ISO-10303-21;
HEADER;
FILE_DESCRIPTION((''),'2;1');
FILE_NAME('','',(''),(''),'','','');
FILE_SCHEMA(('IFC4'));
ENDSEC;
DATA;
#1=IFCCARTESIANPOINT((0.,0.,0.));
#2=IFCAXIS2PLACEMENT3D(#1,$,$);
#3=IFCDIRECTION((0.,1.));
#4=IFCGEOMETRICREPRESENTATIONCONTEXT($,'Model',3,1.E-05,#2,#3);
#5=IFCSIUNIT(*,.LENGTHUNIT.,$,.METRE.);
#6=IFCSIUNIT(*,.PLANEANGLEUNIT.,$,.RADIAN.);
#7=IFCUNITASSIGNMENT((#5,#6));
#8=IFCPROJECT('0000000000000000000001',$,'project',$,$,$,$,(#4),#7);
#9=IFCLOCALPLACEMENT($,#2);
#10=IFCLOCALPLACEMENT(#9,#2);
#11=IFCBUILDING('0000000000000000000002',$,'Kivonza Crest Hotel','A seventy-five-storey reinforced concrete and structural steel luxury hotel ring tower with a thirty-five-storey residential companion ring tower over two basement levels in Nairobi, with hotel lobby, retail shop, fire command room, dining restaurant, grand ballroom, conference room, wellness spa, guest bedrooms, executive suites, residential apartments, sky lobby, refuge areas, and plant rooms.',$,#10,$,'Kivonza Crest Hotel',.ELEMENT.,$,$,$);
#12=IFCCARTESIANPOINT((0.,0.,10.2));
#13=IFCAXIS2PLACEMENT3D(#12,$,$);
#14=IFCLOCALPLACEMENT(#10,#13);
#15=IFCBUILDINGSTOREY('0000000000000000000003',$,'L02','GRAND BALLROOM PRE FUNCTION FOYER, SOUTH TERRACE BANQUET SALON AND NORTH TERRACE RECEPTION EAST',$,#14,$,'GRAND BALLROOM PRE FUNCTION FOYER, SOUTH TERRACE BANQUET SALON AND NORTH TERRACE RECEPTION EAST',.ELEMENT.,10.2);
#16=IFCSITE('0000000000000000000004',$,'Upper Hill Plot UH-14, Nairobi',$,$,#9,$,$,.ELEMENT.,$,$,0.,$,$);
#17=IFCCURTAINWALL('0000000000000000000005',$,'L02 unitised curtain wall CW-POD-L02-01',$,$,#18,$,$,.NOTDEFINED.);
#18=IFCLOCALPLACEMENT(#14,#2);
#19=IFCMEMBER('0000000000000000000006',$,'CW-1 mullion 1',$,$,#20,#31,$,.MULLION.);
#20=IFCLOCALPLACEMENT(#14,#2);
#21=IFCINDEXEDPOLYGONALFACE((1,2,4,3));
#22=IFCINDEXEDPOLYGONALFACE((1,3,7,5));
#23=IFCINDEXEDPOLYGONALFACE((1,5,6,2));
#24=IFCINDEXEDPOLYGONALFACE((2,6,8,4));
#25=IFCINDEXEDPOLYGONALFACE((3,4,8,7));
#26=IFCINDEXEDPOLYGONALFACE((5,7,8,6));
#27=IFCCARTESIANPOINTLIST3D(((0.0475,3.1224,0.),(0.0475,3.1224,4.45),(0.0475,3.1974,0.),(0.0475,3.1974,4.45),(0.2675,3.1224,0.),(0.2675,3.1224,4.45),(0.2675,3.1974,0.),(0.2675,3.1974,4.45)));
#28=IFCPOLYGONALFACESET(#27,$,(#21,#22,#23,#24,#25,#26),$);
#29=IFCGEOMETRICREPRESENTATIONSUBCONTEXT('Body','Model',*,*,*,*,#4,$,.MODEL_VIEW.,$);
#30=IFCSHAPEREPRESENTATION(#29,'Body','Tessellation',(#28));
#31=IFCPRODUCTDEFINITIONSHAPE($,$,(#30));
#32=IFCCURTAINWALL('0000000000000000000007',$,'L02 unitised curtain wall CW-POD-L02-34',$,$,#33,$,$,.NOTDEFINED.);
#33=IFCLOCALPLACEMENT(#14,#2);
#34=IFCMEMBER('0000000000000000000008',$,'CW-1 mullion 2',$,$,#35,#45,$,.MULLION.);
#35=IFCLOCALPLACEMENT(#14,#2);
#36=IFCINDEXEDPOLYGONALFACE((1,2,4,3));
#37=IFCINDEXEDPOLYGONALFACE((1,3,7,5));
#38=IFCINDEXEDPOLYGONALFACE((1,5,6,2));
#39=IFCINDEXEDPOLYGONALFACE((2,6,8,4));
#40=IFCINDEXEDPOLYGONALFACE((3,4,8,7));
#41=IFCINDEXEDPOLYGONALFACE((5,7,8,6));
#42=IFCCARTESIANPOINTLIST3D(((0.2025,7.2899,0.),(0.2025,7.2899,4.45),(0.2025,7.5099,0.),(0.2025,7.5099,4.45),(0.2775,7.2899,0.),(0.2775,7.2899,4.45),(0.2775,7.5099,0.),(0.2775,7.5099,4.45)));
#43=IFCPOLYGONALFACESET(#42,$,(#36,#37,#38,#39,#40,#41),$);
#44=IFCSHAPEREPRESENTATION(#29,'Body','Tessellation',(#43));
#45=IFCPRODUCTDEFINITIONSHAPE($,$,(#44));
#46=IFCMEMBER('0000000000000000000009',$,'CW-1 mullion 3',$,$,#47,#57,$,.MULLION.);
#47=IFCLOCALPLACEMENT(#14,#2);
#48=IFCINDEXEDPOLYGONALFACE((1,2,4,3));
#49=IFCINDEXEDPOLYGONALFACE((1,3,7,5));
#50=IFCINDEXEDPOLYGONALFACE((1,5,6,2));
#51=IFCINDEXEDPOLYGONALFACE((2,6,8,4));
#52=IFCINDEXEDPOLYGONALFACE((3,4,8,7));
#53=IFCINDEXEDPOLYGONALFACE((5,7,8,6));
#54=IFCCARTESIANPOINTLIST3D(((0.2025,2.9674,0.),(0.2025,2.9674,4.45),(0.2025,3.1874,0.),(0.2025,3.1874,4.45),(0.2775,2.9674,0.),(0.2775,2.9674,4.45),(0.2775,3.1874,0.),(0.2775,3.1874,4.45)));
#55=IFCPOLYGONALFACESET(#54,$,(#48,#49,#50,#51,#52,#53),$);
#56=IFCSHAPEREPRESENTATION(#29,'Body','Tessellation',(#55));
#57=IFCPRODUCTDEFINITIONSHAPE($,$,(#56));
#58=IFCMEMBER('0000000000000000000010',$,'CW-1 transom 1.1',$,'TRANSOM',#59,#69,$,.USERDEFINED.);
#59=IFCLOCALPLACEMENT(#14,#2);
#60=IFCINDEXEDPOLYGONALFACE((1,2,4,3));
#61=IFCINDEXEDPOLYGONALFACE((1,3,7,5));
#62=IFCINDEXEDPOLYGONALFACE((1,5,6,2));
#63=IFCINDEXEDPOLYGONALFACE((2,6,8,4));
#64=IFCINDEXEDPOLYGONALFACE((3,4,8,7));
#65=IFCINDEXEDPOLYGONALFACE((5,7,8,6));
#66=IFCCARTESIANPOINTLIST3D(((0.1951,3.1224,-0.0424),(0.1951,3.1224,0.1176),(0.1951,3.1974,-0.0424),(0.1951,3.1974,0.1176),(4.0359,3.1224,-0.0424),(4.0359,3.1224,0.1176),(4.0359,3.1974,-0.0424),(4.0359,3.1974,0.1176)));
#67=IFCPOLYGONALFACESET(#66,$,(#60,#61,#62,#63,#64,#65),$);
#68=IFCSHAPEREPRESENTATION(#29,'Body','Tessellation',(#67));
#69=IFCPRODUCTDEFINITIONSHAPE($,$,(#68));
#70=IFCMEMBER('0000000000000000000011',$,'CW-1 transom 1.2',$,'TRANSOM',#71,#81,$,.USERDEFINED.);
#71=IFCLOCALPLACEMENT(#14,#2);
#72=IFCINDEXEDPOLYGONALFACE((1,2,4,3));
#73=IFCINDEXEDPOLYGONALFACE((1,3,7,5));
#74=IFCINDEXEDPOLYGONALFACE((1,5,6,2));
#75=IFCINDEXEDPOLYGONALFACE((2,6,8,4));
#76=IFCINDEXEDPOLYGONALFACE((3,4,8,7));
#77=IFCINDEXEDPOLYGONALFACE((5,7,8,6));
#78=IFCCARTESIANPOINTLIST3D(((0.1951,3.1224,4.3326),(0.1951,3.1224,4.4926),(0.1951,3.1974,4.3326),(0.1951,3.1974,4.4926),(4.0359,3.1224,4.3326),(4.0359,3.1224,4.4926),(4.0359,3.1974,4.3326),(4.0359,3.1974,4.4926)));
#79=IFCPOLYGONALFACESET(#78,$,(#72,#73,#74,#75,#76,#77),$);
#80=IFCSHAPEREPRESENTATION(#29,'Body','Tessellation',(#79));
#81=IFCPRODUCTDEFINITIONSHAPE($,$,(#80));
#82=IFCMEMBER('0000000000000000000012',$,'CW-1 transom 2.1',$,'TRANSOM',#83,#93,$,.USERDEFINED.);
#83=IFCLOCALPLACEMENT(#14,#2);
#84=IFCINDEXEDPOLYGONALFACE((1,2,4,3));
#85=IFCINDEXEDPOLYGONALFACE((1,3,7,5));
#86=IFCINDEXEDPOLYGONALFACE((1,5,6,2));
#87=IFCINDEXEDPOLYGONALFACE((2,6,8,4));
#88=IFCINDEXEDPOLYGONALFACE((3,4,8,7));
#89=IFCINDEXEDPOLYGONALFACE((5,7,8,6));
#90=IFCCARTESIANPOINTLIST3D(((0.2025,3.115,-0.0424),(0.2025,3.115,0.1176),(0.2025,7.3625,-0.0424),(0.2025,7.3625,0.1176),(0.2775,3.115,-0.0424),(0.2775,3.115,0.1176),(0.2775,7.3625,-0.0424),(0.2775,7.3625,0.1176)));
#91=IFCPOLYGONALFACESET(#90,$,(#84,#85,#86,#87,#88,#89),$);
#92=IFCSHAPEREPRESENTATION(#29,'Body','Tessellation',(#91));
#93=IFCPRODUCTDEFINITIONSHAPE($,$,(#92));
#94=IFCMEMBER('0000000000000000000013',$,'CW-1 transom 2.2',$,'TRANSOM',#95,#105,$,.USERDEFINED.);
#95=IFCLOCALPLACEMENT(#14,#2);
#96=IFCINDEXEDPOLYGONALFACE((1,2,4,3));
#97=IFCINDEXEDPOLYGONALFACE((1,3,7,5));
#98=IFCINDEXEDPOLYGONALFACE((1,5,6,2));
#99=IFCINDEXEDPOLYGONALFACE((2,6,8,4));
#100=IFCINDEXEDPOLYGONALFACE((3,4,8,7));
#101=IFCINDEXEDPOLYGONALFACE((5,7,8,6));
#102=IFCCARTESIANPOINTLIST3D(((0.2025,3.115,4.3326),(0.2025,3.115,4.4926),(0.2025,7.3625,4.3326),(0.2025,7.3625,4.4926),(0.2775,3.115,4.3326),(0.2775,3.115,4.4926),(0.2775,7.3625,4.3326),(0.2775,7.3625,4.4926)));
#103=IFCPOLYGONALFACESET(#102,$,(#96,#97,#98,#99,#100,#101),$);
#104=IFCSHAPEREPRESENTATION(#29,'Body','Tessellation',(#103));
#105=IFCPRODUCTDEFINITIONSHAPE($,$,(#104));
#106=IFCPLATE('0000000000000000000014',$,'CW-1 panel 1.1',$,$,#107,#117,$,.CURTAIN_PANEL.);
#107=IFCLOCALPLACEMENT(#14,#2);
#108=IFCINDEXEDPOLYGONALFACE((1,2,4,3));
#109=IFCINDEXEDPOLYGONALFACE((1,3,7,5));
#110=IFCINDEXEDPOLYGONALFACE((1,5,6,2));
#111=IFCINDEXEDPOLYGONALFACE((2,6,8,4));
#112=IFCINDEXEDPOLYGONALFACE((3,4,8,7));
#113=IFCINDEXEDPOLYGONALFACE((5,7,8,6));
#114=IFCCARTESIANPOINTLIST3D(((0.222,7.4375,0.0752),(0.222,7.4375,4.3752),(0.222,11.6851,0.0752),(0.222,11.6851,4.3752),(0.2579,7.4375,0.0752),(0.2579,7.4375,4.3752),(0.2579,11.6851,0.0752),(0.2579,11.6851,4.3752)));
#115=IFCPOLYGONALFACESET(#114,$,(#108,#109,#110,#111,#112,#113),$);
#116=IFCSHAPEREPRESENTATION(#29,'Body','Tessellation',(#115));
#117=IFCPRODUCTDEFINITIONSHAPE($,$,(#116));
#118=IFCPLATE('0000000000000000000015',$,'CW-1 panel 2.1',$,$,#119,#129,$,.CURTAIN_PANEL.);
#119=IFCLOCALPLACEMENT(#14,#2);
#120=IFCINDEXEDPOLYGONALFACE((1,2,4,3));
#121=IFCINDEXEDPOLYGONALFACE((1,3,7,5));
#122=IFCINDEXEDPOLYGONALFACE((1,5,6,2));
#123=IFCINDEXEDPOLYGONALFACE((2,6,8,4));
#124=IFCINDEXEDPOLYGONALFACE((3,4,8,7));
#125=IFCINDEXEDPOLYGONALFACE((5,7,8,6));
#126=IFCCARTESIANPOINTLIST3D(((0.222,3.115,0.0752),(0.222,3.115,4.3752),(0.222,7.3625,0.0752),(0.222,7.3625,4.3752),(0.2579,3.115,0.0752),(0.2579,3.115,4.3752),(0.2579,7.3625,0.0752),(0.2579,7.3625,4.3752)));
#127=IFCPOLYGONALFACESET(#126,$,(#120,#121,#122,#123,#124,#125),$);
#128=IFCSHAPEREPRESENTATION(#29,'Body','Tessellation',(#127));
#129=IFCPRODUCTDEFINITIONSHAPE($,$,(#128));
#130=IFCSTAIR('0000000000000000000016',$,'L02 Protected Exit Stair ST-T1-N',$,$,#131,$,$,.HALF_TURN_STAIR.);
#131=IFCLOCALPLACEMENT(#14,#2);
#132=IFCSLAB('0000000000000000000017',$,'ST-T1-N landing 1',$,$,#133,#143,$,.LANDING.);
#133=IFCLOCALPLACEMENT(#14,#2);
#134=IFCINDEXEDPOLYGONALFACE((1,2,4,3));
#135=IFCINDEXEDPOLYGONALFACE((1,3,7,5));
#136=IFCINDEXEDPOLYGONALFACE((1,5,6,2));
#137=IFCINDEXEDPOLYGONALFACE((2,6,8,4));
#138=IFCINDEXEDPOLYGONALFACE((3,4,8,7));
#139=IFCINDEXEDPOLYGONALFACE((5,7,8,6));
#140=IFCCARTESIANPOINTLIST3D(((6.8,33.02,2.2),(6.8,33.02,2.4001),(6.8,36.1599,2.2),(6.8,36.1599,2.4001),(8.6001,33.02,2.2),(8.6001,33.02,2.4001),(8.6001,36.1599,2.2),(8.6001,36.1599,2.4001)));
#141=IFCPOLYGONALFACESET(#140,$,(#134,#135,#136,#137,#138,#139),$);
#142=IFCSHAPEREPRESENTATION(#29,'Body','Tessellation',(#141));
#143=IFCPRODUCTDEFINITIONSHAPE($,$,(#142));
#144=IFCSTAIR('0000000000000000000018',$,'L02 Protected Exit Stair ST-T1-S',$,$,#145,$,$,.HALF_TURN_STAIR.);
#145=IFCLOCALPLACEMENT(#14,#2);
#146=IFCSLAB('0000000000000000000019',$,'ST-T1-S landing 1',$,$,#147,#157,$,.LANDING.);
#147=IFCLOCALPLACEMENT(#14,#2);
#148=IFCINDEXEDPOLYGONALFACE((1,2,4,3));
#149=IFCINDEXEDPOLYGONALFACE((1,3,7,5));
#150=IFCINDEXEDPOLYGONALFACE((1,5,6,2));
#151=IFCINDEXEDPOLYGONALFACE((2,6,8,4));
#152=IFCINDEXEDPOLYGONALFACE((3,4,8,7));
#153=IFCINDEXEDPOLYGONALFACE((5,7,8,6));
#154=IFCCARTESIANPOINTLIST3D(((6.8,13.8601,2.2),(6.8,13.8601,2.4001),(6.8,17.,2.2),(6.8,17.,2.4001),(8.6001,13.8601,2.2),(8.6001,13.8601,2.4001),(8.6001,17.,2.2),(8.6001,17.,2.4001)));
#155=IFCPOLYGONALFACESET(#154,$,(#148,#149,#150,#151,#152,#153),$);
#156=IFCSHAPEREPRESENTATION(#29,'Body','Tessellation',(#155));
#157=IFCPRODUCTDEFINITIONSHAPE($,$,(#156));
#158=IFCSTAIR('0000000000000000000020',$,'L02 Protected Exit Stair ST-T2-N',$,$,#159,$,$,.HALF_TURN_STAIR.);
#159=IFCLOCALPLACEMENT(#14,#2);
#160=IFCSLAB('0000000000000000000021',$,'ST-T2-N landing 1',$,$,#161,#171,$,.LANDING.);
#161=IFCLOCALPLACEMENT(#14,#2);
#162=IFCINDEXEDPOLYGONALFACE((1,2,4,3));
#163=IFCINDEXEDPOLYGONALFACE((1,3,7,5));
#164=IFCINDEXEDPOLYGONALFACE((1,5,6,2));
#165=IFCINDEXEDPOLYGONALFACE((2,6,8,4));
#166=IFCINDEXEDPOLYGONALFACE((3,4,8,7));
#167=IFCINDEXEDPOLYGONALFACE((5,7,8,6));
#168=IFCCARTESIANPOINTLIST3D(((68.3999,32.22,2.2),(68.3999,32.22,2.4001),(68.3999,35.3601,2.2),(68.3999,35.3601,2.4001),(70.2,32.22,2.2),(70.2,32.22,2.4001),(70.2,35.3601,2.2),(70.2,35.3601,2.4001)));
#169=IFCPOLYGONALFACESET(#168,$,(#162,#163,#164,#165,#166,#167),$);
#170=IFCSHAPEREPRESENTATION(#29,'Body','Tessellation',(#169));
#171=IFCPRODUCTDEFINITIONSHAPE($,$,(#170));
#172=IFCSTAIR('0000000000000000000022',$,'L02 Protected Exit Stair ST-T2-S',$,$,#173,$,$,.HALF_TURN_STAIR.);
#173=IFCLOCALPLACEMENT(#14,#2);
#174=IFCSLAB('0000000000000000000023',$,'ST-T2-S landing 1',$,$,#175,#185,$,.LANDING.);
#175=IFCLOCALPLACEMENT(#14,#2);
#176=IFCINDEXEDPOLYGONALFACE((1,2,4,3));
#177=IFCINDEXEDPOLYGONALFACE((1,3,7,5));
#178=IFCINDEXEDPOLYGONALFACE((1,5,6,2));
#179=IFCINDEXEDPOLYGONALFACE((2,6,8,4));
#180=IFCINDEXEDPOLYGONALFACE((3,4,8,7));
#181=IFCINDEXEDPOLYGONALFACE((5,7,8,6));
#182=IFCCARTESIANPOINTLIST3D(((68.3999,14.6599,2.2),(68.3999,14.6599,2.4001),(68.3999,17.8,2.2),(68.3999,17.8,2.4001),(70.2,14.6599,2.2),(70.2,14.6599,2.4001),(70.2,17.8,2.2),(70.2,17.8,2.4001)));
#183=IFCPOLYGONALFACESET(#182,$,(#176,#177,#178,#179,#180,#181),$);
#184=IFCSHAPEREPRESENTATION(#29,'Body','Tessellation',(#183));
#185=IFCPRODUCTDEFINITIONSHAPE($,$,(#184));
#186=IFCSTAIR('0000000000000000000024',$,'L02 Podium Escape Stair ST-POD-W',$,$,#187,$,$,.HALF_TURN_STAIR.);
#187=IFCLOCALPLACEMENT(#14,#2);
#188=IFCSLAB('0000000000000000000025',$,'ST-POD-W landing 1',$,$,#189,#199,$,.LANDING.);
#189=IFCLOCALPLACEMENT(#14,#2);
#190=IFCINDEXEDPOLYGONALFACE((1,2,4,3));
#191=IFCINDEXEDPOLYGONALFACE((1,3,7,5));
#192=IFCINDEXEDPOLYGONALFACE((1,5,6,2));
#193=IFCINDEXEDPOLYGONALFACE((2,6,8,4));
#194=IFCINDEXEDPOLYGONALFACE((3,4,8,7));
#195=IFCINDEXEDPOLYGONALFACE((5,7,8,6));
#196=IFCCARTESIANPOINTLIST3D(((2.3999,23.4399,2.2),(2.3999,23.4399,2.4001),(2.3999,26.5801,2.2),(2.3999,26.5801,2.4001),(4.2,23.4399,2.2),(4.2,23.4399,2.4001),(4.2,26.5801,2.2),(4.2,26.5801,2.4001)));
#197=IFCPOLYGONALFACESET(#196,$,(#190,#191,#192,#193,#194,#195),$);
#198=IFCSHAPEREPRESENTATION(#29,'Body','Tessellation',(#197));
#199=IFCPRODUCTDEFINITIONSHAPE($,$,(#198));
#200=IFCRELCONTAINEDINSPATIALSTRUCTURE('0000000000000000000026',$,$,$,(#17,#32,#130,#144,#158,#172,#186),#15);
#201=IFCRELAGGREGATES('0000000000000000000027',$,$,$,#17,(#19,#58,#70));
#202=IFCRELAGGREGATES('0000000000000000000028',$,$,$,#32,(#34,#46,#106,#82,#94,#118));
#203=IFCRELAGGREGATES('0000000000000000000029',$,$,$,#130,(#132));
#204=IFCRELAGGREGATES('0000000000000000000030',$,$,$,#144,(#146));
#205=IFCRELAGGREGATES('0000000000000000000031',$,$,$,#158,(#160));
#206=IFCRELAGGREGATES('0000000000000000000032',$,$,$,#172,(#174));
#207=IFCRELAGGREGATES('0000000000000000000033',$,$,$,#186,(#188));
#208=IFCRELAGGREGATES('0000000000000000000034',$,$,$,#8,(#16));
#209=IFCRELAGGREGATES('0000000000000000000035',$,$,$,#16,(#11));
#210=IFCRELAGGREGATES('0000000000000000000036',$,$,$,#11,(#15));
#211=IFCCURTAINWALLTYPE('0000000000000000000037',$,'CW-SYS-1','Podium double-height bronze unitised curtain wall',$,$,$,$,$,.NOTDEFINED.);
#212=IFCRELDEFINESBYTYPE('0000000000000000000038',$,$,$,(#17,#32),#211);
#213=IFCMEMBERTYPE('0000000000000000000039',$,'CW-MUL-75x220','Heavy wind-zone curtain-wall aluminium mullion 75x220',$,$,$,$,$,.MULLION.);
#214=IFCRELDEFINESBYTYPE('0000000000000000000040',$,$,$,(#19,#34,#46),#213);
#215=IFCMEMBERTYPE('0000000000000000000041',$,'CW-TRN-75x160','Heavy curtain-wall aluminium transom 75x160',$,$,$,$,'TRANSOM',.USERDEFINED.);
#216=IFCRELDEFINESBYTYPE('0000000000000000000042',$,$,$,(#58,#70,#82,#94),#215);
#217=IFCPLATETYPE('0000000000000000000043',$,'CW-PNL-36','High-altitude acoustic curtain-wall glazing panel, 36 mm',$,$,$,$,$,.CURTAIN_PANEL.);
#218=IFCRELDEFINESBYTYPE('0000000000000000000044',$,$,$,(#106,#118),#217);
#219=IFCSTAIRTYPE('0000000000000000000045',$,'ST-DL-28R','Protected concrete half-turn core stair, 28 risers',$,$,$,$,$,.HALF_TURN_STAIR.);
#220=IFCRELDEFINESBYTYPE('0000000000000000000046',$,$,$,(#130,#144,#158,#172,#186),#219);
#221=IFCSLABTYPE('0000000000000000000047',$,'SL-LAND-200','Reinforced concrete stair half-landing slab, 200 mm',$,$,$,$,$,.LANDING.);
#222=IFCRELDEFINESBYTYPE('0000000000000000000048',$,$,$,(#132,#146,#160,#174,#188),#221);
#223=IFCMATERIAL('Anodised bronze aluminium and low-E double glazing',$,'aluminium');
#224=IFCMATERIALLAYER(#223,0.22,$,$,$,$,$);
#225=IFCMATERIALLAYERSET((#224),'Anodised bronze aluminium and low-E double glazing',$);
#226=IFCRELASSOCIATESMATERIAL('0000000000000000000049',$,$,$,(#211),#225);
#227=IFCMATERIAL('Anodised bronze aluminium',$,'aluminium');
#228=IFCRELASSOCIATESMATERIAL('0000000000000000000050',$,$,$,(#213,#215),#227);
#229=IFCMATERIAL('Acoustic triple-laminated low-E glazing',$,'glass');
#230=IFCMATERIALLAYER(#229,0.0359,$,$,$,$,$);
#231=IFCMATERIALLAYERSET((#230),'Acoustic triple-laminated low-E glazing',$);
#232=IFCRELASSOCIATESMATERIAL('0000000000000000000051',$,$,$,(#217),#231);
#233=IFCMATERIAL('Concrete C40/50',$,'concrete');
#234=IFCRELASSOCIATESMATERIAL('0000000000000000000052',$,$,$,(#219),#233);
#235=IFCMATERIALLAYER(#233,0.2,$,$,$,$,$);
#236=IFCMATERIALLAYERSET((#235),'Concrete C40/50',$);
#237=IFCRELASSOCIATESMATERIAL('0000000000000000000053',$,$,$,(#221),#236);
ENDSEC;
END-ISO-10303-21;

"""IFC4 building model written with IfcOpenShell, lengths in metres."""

from ifc_helpers import new_model, si_unit, direction, frame, origin, origin_2d, place, context, subcontext, project, spatial, polyline, rectangle, outline, extrude, material, layer, layer_set, material_profile, profile_set, type_object, element, aggregate, save


model = new_model("IFC4")

# Units and contexts
model_context = context("Model", 3, precision=1e-05, world=origin(), true_north=direction((0.0, 1.0)))
body_context = subcontext(model_context, "Body", "Model", "MODEL_VIEW")
ifc_project = project(units=[si_unit("LENGTHUNIT", "METRE"), si_unit("PLANEANGLEUNIT", "RADIAN")], contexts=[model_context])

# Site, building, storey
site_placement = place(None, origin())
site = spatial("IfcSite", under=ifc_project, at=site_placement, Name="Upper Hill Plot UH-14, Nairobi", CompositionType="ELEMENT", RefElevation=0.0)
building_placement = place(site_placement, origin())
building = spatial("IfcBuilding", under=site, at=building_placement, Name="Kivonza Crest Hotel", Description="A seventy-five-storey reinforced concrete and structural steel luxury hotel ring tower with a thirty-five-storey residential companion ring tower over two basement levels in Nairobi, with hotel lobby, retail shop, fire command room, dining restaurant, grand ballroom, conference room, wellness spa, guest bedrooms, executive suites, residential apartments, sky lobby, refuge areas, and plant rooms.", LongName="Kivonza Crest Hotel", CompositionType="ELEMENT")
storey_placement = place(building_placement, frame((0.0, 0.0, 10.2)))
storey = spatial("IfcBuildingStorey", under=building, at=storey_placement, Name="L02", Description="GRAND BALLROOM PRE FUNCTION FOYER, SOUTH TERRACE BANQUET SALON AND NORTH TERRACE RECEPTION EAST", LongName="GRAND BALLROOM PRE FUNCTION FOYER, SOUTH TERRACE BANQUET SALON AND NORTH TERRACE RECEPTION EAST", CompositionType="ELEMENT", Elevation=10.2)

# Curtain wall, member
ifc_material_1 = material(Name="Anodised bronze aluminium and low-E double glazing", Category="aluminium")
ifc_layer_1 = layer(ifc_material_1, 0.22)
ifc_layer_set_1 = layer_set([ifc_layer_1], Name="Anodised bronze aluminium and low-E double glazing")
curtain_wall_type = type_object("IfcCurtainWallType", Name="CW-SYS-1", Description="Podium double-height bronze unitised curtain wall", PredefinedType="NOTDEFINED", material=ifc_layer_set_1)
curtain_wall_1_placement = place(storey_placement, origin())
curtain_wall_1 = element("IfcCurtainWall", 1, at=curtain_wall_1_placement, inside=storey, type_object=curtain_wall_type, Name="L02 unitised curtain wall CW-POD-L02-01", PredefinedType="NOTDEFINED")
ifc_material_2 = material(Name="Anodised bronze aluminium", Category="aluminium")
ifc_material_profile_1 = material_profile(ifc_material_2, rectangle(XDim=0.075, YDim=0.22, at=origin_2d()), Name="CW-M 75x220")
ifc_profile_set_1 = profile_set([ifc_material_profile_1], Name="Anodised bronze aluminium")
member_type_1 = type_object("IfcMemberType", Name="CW-MUL-75x220", Description="Heavy wind-zone curtain-wall aluminium mullion 75x220", PredefinedType="MULLION", material=ifc_profile_set_1)
member_1_placement = place(storey_placement, frame((0.1575, 3.1599, 0.0), z_axis=(0.0, 0.0, 1.0), x_axis=(0.0, 1.0, 0.0)))
member_1 = element("IfcMember", 2, at=member_1_placement, type_object=member_type_1, Name="CW-1 mullion 1", PredefinedType="MULLION", context=body_context, shape_type="SweptSolid", body=[
    extrude(rectangle(XDim=0.075, YDim=0.22, at=origin_2d()), origin(), (0.0, 0.0, 1.0), 4.45),
])

# Curtain wall, members
curtain_wall_2_placement = place(storey_placement, origin())
curtain_wall_2 = element("IfcCurtainWall", 3, at=curtain_wall_2_placement, inside=storey, type_object=curtain_wall_type, Name="L02 unitised curtain wall CW-POD-L02-34", PredefinedType="NOTDEFINED")
member_2_placement = place(storey_placement, frame((0.24, 7.3999, 0.0), z_axis=(0.0, 0.0, 1.0), x_axis=(1.0, 0.0, 0.0)))
member_2 = element("IfcMember", 4, at=member_2_placement, type_object=member_type_1, Name="CW-1 mullion 2", PredefinedType="MULLION", context=body_context, shape_type="SweptSolid", body=[
    extrude(rectangle(XDim=0.075, YDim=0.22, at=origin_2d()), origin(), (0.0, 0.0, 1.0), 4.45),
])
member_3_placement = place(storey_placement, frame((0.24, 3.0774, 0.0), z_axis=(0.0, 0.0, 1.0), x_axis=(1.0, 0.0, 0.0)))
member_3 = element("IfcMember", 5, at=member_3_placement, type_object=member_type_1, Name="CW-1 mullion 3", PredefinedType="MULLION", context=body_context, shape_type="SweptSolid", body=[
    extrude(rectangle(XDim=0.075, YDim=0.22, at=origin_2d()), origin(), (0.0, 0.0, 1.0), 4.45),
])

# Members
ifc_material_profile_2 = material_profile(ifc_material_2, rectangle(XDim=0.075, YDim=0.1599, at=origin_2d()), Name="CW-T 75x160")
ifc_profile_set_2 = profile_set([ifc_material_profile_2], Name="Anodised bronze aluminium")
member_type_2 = type_object("IfcMemberType", Name="CW-TRN-75x160", Description="Heavy curtain-wall aluminium transom 75x160", ElementType="TRANSOM", PredefinedType="USERDEFINED", material=ifc_profile_set_2)
member_4_placement = place(storey_placement, frame((0.1951, 3.1599, 0.0376), z_axis=(1.0, 0.0, 0.0), x_axis=(0.0, 1.0, 0.0)))
member_4 = element("IfcMember", 6, at=member_4_placement, type_object=member_type_2, Name="CW-1 transom 1.1", ObjectType="TRANSOM", PredefinedType="USERDEFINED", context=body_context, shape_type="SweptSolid", body=[
    extrude(rectangle(XDim=0.075, YDim=0.1599, at=origin_2d()), origin(), (0.0, 0.0, 1.0), 3.8408),
])
member_5_placement = place(storey_placement, frame((0.1951, 3.1599, 4.4126), z_axis=(1.0, 0.0, 0.0), x_axis=(0.0, 1.0, 0.0)))
member_5 = element("IfcMember", 7, at=member_5_placement, type_object=member_type_2, Name="CW-1 transom 1.2", ObjectType="TRANSOM", PredefinedType="USERDEFINED", context=body_context, shape_type="SweptSolid", body=[
    extrude(rectangle(XDim=0.075, YDim=0.1599, at=origin_2d()), origin(), (0.0, 0.0, 1.0), 3.8408),
])
aggregate(curtain_wall_1, [member_1, member_4, member_5])
member_6_placement = place(storey_placement, frame((0.24, 7.3625, 0.0376), z_axis=(0.0, -1.0, 0.0), x_axis=(1.0, 0.0, 0.0)))
member_6 = element("IfcMember", 8, at=member_6_placement, type_object=member_type_2, Name="CW-1 transom 2.1", ObjectType="TRANSOM", PredefinedType="USERDEFINED", context=body_context, shape_type="SweptSolid", body=[
    extrude(rectangle(XDim=0.075, YDim=0.1599, at=origin_2d()), origin(), (0.0, 0.0, 1.0), 4.2476),
])
member_7_placement = place(storey_placement, frame((0.24, 7.3625, 4.4126), z_axis=(0.0, -1.0, 0.0), x_axis=(1.0, 0.0, 0.0)))
member_7 = element("IfcMember", 9, at=member_7_placement, type_object=member_type_2, Name="CW-1 transom 2.2", ObjectType="TRANSOM", PredefinedType="USERDEFINED", context=body_context, shape_type="SweptSolid", body=[
    extrude(rectangle(XDim=0.075, YDim=0.1599, at=origin_2d()), origin(), (0.0, 0.0, 1.0), 4.2476),
])

# Plates
ifc_material_3 = material(Name="Acoustic triple-laminated low-E glazing", Category="glass")
ifc_layer_2 = layer(ifc_material_3, 0.0359)
ifc_layer_set_2 = layer_set([ifc_layer_2], Name="Acoustic triple-laminated low-E glazing")
plate_type = type_object("IfcPlateType", Name="CW-PNL-36", Description="High-altitude acoustic curtain-wall glazing panel, 36 mm", PredefinedType="CURTAIN_PANEL", material=ifc_layer_set_2)
plate_1_placement = place(storey_placement, frame((0.24, 9.5613, 0.0752), z_axis=(0.0, 0.0, 1.0), x_axis=(0.0, -1.0, 0.0)))
plate_1 = element("IfcPlate", 10, at=plate_1_placement, type_object=plate_type, Name="CW-1 panel 1.1", PredefinedType="CURTAIN_PANEL", context=body_context, shape_type="SweptSolid", body=[
    extrude(rectangle(XDim=4.2476, YDim=0.0359, at=origin_2d()), origin(), (0.0, 0.0, 1.0), 4.3),
])
plate_2_placement = place(storey_placement, frame((0.24, 5.2388, 0.0752), z_axis=(0.0, 0.0, 1.0), x_axis=(0.0, -1.0, 0.0)))
plate_2 = element("IfcPlate", 11, at=plate_2_placement, type_object=plate_type, Name="CW-1 panel 2.1", PredefinedType="CURTAIN_PANEL", context=body_context, shape_type="SweptSolid", body=[
    extrude(rectangle(XDim=4.2476, YDim=0.0359, at=origin_2d()), origin(), (0.0, 0.0, 1.0), 4.3),
])
aggregate(curtain_wall_2, [member_2, member_3, plate_1, member_6, member_7, plate_2])

# Stairs, slabs
ifc_material_4 = material(Name="Concrete C40/50", Category="concrete")
stair_type = type_object("IfcStairType", Name="ST-DL-28R", Description="Protected concrete half-turn core stair, 28 risers", PredefinedType="HALF_TURN_STAIR", material=ifc_material_4)
stair_1_placement = place(storey_placement, origin())
stair_1 = element("IfcStair", 12, at=stair_1_placement, inside=storey, type_object=stair_type, Name="L02 Protected Exit Stair ST-T1-N", PredefinedType="HALF_TURN_STAIR")
ifc_layer_3 = layer(ifc_material_4, 0.2)
ifc_layer_set_3 = layer_set([ifc_layer_3], Name="Concrete C40/50")
slab_type_1 = type_object("IfcSlabType", Name="SL-LAND-200", Description="Reinforced concrete stair half-landing slab, 200 mm", PredefinedType="LANDING", material=ifc_layer_set_3)
slab_1_placement = place(storey_placement, frame((0.0, 0.0, 2.2)))
slab_1 = element("IfcSlab", 13, at=slab_1_placement, type_object=slab_type_1, Name="ST-T1-N landing 1", PredefinedType="LANDING", context=body_context, shape_type="SweptSolid", body=[
    extrude(outline(polyline([(8.6001, 36.1599), (6.8, 36.1599), (6.8, 33.02), (8.6001, 33.02), (8.6001, 36.1599)])), origin(), (0.0, 0.0, 1.0), 0.2002),
])
aggregate(stair_1, [slab_1])
stair_2_placement = place(storey_placement, origin())
stair_2 = element("IfcStair", 14, at=stair_2_placement, inside=storey, type_object=stair_type, Name="L02 Protected Exit Stair ST-T1-S", PredefinedType="HALF_TURN_STAIR")
slab_2_placement = place(storey_placement, frame((0.0, 0.0, 2.2)))
slab_2 = element("IfcSlab", 15, at=slab_2_placement, type_object=slab_type_1, Name="ST-T1-S landing 1", PredefinedType="LANDING", context=body_context, shape_type="SweptSolid", body=[
    extrude(outline(polyline([(8.6001, 17.0), (6.8, 17.0), (6.8, 13.8601), (8.6001, 13.8601), (8.6001, 17.0)])), origin(), (0.0, 0.0, 1.0), 0.2002),
])
aggregate(stair_2, [slab_2])
stair_3_placement = place(storey_placement, origin())
stair_3 = element("IfcStair", 16, at=stair_3_placement, inside=storey, type_object=stair_type, Name="L02 Protected Exit Stair ST-T2-N", PredefinedType="HALF_TURN_STAIR")
slab_3_placement = place(storey_placement, frame((0.0, 0.0, 2.2)))
slab_3 = element("IfcSlab", 17, at=slab_3_placement, type_object=slab_type_1, Name="ST-T2-N landing 1", PredefinedType="LANDING", context=body_context, shape_type="SweptSolid", body=[
    extrude(outline(polyline([(70.2, 35.3601), (68.3999, 35.3601), (68.3999, 32.22), (70.2, 32.22), (70.2, 35.3601)])), origin(), (0.0, 0.0, 1.0), 0.2002),
])
aggregate(stair_3, [slab_3])
stair_4_placement = place(storey_placement, origin())
stair_4 = element("IfcStair", 18, at=stair_4_placement, inside=storey, type_object=stair_type, Name="L02 Protected Exit Stair ST-T2-S", PredefinedType="HALF_TURN_STAIR")
slab_4_placement = place(storey_placement, frame((0.0, 0.0, 2.2)))
slab_4 = element("IfcSlab", 19, at=slab_4_placement, type_object=slab_type_1, Name="ST-T2-S landing 1", PredefinedType="LANDING", context=body_context, shape_type="SweptSolid", body=[
    extrude(outline(polyline([(70.2, 17.8), (68.3999, 17.8), (68.3999, 14.6599), (70.2, 14.6599), (70.2, 17.8)])), origin(), (0.0, 0.0, 1.0), 0.2002),
])
aggregate(stair_4, [slab_4])
stair_5_placement = place(storey_placement, origin())
stair_5 = element("IfcStair", 20, at=stair_5_placement, inside=storey, type_object=stair_type, Name="L02 Podium Escape Stair ST-POD-W", PredefinedType="HALF_TURN_STAIR")
slab_5_placement = place(storey_placement, frame((0.0, 0.0, 2.2)))
slab_5 = element("IfcSlab", 21, at=slab_5_placement, type_object=slab_type_1, Name="ST-POD-W landing 1", PredefinedType="LANDING", context=body_context, shape_type="SweptSolid", body=[
    extrude(outline(polyline([(4.2, 26.5801), (2.3999, 26.5801), (2.3999, 23.4399), (4.2, 23.4399), (4.2, 26.5801)])), origin(), (0.0, 0.0, 1.0), 0.2002),
])
aggregate(stair_5, [slab_5])

save(model, "model.ifc")
